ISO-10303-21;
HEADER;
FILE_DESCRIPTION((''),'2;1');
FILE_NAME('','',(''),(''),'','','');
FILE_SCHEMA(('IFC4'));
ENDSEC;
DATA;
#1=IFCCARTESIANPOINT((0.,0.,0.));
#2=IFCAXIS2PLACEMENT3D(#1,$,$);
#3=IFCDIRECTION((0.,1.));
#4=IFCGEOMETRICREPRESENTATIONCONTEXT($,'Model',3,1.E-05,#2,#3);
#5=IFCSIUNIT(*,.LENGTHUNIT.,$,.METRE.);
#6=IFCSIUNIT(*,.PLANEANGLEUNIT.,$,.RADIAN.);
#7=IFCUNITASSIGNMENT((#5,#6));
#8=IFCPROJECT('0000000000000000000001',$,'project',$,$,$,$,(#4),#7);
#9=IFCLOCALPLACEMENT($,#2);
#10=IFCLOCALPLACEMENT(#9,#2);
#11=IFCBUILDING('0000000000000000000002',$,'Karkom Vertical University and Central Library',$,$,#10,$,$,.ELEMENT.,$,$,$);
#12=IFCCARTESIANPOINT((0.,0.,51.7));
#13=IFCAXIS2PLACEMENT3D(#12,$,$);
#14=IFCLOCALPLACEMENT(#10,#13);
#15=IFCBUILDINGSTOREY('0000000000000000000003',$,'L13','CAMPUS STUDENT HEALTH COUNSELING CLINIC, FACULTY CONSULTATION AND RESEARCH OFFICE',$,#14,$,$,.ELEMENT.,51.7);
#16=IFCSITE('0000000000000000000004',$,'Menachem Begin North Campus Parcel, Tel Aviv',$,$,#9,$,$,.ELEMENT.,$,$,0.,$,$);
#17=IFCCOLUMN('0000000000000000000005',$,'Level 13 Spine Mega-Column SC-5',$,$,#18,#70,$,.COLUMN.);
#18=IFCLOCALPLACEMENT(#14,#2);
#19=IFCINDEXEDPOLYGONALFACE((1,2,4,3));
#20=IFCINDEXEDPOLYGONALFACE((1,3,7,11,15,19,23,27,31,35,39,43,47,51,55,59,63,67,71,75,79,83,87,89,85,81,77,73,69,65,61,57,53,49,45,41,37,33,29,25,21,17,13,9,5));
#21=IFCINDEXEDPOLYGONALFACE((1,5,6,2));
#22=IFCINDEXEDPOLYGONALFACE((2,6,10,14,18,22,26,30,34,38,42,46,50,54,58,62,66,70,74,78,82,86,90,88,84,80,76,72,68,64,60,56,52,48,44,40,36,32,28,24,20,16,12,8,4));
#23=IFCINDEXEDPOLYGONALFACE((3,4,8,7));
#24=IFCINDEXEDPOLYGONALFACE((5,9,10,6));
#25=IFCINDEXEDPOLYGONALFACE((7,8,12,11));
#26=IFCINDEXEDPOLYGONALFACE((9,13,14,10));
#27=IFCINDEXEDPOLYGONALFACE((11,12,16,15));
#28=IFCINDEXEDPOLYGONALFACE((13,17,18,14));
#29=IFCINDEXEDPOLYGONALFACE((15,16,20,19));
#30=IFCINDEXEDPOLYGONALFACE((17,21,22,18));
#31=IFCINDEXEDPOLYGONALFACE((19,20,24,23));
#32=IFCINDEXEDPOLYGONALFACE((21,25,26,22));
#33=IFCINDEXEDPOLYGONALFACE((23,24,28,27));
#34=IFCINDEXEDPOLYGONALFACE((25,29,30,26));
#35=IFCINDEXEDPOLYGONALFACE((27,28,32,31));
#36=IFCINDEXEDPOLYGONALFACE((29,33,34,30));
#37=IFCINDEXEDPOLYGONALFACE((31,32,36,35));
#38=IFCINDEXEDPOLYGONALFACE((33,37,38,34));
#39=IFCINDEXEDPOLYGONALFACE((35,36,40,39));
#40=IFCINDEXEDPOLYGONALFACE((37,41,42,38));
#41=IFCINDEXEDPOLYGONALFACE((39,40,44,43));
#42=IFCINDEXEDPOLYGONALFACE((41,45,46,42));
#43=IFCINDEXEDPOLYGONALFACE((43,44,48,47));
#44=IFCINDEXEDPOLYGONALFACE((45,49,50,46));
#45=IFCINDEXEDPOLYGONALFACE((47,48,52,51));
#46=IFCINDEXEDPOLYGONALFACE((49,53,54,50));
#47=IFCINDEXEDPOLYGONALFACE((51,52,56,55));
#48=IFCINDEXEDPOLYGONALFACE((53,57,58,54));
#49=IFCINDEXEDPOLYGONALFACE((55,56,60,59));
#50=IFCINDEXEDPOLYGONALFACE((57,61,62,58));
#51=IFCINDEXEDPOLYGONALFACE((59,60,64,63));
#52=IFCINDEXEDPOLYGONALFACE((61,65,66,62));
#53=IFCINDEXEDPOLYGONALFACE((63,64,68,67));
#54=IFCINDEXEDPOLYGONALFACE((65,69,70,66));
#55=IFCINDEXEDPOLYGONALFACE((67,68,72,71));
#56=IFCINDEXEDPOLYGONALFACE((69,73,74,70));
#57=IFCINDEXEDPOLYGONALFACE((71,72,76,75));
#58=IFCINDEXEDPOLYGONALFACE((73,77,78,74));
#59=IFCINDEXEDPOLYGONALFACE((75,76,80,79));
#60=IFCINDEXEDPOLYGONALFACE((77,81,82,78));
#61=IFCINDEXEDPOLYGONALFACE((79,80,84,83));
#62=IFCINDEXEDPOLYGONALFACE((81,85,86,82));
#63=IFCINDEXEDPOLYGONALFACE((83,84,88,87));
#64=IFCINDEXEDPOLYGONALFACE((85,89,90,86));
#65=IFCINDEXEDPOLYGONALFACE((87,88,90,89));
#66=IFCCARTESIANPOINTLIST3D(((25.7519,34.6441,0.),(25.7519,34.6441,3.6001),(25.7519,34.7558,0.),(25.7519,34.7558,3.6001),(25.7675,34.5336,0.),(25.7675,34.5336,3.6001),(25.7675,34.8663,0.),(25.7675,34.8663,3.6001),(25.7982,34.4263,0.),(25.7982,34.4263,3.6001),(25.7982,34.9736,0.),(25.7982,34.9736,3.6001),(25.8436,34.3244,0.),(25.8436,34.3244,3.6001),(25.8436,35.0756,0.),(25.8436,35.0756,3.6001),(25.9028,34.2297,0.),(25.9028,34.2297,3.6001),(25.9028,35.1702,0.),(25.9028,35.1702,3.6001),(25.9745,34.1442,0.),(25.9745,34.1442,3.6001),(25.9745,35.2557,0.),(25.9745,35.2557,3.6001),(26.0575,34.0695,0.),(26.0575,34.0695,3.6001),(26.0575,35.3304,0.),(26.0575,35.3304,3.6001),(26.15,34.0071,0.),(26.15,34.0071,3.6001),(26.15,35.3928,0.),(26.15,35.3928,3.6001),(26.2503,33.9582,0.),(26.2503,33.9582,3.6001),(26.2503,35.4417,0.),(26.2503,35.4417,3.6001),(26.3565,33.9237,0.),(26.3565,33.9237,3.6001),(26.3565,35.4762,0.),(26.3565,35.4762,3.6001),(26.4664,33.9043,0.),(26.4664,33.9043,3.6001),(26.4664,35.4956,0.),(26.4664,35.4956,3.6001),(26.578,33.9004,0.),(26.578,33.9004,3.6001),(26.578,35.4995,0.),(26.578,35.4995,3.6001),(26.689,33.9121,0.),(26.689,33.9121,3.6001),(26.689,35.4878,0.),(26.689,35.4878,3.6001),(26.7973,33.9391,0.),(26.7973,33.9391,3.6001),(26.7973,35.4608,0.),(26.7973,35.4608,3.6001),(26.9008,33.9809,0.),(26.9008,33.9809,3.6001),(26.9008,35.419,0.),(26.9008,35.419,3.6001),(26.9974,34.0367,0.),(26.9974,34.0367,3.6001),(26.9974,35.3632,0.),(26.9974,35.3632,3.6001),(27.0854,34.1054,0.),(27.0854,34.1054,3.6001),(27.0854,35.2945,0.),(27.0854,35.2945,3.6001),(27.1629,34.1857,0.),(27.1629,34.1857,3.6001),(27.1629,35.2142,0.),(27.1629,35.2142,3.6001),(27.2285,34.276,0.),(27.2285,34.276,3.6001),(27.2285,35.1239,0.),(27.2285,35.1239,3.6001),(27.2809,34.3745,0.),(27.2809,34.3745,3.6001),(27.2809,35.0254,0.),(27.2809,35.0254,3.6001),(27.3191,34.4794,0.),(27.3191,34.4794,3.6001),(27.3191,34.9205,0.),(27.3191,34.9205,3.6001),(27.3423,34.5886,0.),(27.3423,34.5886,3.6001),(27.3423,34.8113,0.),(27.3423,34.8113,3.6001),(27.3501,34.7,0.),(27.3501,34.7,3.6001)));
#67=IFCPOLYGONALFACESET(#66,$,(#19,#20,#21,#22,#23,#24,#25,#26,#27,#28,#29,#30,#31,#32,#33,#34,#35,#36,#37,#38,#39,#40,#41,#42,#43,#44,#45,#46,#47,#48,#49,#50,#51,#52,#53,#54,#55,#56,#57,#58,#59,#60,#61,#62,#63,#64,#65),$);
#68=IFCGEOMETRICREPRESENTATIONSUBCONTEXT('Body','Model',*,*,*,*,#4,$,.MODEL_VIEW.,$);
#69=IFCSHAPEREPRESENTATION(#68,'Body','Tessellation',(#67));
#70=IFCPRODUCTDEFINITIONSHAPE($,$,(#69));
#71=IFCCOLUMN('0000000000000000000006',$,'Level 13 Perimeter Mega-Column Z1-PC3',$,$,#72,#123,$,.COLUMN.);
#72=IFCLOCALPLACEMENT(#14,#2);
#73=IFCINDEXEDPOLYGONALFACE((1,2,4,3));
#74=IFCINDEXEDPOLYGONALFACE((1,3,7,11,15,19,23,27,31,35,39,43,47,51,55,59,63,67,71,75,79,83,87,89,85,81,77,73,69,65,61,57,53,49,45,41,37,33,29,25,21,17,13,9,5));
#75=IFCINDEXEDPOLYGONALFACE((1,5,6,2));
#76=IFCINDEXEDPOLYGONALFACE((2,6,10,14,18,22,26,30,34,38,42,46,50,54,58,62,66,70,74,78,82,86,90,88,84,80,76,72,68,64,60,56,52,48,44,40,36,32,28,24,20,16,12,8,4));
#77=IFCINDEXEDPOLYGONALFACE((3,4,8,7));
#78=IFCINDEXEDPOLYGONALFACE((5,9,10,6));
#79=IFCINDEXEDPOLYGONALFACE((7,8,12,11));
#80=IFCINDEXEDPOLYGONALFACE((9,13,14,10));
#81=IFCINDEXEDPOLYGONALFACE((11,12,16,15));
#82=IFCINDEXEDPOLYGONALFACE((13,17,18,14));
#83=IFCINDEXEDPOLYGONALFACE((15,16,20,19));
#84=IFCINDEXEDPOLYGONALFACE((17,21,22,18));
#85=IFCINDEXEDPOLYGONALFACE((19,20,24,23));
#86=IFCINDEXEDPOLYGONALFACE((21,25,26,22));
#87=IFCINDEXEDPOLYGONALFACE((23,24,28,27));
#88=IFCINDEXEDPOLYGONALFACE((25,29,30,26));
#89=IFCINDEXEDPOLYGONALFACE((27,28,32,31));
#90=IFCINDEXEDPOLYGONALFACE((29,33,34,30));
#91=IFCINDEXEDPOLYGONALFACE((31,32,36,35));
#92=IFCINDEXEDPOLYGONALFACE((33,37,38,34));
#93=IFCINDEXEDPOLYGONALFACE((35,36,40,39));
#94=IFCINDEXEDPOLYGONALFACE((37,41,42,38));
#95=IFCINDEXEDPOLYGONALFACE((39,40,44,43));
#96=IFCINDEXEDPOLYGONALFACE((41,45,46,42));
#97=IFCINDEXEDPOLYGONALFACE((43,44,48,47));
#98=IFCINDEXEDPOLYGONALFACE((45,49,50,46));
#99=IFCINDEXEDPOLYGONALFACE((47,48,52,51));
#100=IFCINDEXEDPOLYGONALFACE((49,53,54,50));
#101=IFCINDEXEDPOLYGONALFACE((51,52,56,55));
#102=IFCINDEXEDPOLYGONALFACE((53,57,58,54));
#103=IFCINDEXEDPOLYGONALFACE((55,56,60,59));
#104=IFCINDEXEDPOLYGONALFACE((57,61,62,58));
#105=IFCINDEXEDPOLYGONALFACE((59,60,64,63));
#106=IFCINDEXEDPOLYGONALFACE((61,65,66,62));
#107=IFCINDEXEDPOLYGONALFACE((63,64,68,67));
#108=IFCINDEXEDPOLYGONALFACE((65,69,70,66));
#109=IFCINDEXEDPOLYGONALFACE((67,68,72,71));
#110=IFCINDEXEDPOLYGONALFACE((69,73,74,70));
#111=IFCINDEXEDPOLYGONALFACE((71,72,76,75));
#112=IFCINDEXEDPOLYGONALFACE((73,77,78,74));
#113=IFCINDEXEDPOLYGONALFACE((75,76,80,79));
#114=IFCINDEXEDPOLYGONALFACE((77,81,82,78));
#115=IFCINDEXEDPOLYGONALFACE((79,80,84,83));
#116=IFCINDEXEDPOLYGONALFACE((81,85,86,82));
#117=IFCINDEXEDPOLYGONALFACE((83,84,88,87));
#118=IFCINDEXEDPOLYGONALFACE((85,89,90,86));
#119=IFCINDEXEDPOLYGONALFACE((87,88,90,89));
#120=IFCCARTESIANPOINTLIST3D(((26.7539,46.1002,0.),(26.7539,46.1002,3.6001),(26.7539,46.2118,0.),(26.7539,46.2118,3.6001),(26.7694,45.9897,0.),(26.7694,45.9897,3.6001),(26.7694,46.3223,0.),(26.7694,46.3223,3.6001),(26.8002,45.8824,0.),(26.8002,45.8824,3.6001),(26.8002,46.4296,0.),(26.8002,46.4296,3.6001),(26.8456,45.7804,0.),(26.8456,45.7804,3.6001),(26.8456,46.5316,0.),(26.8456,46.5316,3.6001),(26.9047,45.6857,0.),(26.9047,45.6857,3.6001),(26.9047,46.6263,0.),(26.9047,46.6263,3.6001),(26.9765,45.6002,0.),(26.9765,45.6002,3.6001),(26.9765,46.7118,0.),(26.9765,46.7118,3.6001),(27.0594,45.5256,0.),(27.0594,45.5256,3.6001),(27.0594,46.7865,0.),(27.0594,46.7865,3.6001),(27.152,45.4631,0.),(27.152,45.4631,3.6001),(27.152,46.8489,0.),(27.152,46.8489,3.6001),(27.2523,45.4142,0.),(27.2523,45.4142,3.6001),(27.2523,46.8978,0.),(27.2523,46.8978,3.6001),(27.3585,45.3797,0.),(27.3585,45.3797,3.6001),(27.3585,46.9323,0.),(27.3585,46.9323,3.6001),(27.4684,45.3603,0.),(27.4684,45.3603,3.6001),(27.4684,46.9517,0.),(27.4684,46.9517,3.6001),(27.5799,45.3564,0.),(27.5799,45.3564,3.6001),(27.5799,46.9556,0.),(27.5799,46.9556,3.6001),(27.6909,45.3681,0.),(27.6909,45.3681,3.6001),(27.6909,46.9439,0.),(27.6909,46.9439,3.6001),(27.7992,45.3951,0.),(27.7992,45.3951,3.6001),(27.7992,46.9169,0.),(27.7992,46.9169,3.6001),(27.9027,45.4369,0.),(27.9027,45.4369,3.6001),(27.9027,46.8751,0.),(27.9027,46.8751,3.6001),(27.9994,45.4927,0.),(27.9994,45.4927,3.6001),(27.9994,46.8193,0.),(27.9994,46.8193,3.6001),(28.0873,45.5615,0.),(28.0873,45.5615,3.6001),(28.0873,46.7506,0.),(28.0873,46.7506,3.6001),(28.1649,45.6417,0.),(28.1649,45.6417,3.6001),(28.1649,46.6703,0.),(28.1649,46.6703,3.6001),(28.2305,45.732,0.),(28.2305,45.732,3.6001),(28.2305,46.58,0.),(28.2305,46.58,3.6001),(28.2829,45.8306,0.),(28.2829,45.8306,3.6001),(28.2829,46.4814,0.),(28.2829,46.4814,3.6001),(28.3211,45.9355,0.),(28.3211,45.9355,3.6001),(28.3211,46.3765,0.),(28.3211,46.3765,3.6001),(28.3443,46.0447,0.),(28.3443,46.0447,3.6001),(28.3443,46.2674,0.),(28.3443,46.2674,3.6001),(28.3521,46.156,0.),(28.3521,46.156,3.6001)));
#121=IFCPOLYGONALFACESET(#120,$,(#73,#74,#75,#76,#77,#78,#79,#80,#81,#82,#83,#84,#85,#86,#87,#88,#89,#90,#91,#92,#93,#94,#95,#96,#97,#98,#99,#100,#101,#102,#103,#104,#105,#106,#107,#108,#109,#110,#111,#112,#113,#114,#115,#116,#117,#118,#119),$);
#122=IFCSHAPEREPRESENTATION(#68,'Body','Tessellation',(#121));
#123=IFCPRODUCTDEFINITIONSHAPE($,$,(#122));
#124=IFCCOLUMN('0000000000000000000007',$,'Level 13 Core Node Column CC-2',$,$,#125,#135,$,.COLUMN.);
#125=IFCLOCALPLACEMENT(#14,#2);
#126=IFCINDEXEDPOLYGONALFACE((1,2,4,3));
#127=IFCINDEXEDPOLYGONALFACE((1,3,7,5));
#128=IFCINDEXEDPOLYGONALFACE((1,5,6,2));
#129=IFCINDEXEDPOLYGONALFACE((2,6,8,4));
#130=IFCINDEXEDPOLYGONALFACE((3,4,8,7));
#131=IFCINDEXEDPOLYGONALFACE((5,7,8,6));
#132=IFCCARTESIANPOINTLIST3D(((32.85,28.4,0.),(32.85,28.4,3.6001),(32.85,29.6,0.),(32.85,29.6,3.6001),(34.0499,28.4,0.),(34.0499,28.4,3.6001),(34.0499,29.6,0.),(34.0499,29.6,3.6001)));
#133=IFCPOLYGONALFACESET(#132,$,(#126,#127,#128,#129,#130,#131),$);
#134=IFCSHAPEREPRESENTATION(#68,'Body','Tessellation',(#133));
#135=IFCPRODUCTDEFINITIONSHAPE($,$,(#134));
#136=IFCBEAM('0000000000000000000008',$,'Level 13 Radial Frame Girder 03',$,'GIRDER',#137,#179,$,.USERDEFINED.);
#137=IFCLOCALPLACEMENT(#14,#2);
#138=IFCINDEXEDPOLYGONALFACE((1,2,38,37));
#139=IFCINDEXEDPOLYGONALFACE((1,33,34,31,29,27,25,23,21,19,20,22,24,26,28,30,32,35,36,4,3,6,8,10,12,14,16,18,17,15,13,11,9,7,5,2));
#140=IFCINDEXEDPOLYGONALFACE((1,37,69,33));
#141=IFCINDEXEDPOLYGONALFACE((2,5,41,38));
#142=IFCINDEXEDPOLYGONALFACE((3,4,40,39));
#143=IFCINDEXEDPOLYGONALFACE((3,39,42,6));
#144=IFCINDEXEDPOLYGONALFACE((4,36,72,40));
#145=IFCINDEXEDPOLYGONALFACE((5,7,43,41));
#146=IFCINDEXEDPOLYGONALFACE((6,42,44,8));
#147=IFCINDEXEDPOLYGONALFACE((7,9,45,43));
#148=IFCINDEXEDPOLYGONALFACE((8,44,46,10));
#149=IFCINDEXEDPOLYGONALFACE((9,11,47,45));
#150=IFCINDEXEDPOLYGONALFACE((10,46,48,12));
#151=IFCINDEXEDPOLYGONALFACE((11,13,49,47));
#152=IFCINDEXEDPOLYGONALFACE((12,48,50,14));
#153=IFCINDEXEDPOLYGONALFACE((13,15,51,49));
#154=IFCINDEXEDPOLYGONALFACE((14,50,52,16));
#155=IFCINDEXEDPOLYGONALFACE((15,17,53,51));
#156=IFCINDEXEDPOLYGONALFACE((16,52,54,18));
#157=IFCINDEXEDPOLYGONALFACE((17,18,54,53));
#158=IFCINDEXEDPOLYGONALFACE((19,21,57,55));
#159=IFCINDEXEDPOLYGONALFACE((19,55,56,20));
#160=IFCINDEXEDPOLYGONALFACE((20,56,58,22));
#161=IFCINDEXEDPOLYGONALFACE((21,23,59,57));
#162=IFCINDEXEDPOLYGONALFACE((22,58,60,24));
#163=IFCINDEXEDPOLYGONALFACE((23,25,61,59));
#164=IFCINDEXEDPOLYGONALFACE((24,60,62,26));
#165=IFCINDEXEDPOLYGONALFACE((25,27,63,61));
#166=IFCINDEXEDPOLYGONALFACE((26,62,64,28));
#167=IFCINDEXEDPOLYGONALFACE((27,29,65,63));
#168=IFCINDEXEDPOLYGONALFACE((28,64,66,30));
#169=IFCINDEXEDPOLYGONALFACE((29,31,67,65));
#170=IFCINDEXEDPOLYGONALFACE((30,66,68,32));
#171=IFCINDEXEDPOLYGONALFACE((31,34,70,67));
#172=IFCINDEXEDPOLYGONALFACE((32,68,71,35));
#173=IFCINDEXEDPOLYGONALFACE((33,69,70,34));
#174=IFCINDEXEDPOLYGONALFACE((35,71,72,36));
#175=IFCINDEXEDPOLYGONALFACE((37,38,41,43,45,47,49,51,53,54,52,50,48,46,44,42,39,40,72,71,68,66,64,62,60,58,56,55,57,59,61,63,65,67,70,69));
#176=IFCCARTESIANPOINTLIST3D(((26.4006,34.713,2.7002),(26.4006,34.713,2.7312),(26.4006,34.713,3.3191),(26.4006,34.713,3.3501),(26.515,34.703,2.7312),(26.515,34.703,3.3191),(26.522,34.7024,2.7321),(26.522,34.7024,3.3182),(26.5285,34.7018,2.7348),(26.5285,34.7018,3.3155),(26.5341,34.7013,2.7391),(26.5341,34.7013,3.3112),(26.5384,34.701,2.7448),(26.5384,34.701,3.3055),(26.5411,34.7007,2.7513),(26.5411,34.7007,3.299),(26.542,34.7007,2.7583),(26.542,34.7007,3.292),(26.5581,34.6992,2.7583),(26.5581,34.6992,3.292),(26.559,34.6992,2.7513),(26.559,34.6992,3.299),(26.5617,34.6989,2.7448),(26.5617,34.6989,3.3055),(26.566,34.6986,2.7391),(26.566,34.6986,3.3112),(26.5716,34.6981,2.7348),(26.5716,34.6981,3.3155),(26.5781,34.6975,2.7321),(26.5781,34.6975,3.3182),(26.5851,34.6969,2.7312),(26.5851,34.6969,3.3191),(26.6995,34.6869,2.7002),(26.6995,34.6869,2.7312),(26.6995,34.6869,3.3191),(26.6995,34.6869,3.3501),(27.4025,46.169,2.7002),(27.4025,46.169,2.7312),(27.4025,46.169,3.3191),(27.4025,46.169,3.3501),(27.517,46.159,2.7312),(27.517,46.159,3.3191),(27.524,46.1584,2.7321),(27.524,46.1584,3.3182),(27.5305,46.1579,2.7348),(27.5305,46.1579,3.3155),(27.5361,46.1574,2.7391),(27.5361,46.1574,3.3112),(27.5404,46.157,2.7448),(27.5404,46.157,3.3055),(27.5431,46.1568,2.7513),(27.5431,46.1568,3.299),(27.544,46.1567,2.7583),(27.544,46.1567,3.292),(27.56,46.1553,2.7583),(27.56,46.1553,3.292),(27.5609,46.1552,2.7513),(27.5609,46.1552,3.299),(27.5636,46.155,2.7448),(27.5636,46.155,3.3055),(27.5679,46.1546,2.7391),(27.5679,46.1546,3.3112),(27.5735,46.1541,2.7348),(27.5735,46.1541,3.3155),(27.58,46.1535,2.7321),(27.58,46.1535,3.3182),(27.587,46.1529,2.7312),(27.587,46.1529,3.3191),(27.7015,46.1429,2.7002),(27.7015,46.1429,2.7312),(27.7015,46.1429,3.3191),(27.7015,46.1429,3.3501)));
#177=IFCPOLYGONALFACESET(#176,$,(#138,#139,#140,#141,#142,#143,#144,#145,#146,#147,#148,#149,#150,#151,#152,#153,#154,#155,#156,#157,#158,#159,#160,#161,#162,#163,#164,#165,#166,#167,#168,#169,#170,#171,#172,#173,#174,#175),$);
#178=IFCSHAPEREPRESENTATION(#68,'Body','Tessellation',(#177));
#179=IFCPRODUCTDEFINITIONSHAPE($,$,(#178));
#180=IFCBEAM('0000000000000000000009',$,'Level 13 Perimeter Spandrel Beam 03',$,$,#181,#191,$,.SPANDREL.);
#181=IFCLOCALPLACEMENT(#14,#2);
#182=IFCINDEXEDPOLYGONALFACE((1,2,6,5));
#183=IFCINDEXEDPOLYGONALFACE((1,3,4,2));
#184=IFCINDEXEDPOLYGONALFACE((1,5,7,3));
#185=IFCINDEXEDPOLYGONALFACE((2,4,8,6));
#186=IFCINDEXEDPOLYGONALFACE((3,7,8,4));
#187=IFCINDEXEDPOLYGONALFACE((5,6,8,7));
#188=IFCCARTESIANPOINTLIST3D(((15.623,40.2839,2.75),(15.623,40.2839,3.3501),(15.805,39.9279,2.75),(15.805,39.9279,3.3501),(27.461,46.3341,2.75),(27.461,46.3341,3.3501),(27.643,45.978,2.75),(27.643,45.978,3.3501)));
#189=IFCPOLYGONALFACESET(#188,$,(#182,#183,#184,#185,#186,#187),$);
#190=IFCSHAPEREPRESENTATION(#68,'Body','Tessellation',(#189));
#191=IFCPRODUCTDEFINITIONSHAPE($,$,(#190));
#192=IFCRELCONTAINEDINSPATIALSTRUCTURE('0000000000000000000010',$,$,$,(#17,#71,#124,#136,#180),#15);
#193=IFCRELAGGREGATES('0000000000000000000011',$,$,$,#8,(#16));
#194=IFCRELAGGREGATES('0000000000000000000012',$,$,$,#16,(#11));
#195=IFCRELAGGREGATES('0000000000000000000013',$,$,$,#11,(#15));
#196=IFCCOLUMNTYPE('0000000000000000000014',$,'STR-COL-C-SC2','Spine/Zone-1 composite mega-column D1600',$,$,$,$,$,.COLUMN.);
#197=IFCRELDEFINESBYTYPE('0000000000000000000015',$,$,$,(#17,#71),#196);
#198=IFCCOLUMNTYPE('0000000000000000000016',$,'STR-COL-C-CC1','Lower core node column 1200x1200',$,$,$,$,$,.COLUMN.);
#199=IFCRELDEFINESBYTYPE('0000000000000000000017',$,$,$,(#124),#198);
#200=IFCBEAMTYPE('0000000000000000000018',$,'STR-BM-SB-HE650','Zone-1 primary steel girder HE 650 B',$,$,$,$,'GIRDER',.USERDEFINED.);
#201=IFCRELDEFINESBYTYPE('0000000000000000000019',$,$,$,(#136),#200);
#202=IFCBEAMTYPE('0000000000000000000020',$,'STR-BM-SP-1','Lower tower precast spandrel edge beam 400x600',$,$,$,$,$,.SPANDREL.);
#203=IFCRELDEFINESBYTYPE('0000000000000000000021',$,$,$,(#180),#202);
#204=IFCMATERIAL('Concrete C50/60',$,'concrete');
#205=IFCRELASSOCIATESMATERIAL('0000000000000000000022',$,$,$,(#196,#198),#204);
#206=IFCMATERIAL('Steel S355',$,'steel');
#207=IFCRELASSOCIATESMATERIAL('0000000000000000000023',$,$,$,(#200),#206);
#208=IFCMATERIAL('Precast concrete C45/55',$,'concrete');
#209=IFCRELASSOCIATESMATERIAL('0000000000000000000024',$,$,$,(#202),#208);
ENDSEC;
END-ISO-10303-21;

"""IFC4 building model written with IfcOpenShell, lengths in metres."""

from ifc_helpers import new_model, si_unit, direction, frame, origin, origin_with_axes, origin_2d, place, context, subcontext, project, spatial, rectangle, circle, i_section, extrude, source, transform, mapped, material, material_profile, profile_set, type_object, element, save


model = new_model("IFC4")

# Units and contexts
model_context = context("Model", 3, precision=1e-05, world=origin(), true_north=direction((0.0, 1.0)))
body_context = subcontext(model_context, "Body", "Model", "MODEL_VIEW")
ifc_project = project(units=[si_unit("LENGTHUNIT", "METRE"), si_unit("PLANEANGLEUNIT", "RADIAN")], contexts=[model_context])

# Site, building, storey
site_placement = place(None, origin())
site = spatial("IfcSite", under=ifc_project, at=site_placement, Name="Menachem Begin North Campus Parcel, Tel Aviv", CompositionType="ELEMENT", RefElevation=0.0)
building_placement = place(site_placement, origin())
building = spatial("IfcBuilding", under=site, at=building_placement, Name="Karkom Vertical University and Central Library", CompositionType="ELEMENT")
storey_placement = place(building_placement, frame((0.0, 0.0, 51.7)))
storey = spatial("IfcBuildingStorey", under=building, at=storey_placement, Name="L13", Description="CAMPUS STUDENT HEALTH COUNSELING CLINIC, FACULTY CONSULTATION AND RESEARCH OFFICE", CompositionType="ELEMENT", Elevation=51.7)

# Columns
ifc_material_1 = material(Name="Concrete C50/60", Category="concrete")
ifc_material_profile_1 = material_profile(ifc_material_1, circle(Radius=0.8, at=origin_2d()), Name="CFT-D1600")
ifc_profile_set_1 = profile_set([ifc_material_profile_1], Name="Concrete C50/60")
column_type_1 = type_object("IfcColumnType", Name="STR-COL-C-SC2", Description="Spine/Zone-1 composite mega-column D1600", PredefinedType="COLUMN", material=ifc_profile_set_1)
shared_shape_1 = source(origin_with_axes(), body_context, "Body", "SweptSolid", [
    extrude(circle(Radius=0.8, at=origin_2d()), origin(), (0.0, 0.0, 1.0), 3.6001),
])
for number, where, z_axis, x_axis, name in (
    (1, (26.55, 34.7, 0.0), (0.0, 0.0, 1.0), (1.0, 0.0, 0.0), "Level 13 Spine Mega-Column SC-5"),
    (2, (27.552, 46.156, 0.0), (0.0, 0.0, 1.0), (1.0, 0.0, 0.0), "Level 13 Perimeter Mega-Column Z1-PC3"),
):
    element("IfcColumn", number, at=place(storey_placement, frame(where, z_axis=z_axis, x_axis=x_axis)), inside=storey, type_object=column_type_1, Name=name, PredefinedType="COLUMN", context=body_context, shape_type="MappedRepresentation", body=[
        mapped(shared_shape_1, transform((0.0, 0.0, 0.0), scale=1.0)),
    ])
ifc_material_profile_2 = material_profile(ifc_material_1, rectangle(XDim=1.2, YDim=1.2, at=origin_2d()), Name="RC-1200x1200")
ifc_profile_set_2 = profile_set([ifc_material_profile_2], Name="Concrete C50/60")
column_type_2 = type_object("IfcColumnType", Name="STR-COL-C-CC1", Description="Lower core node column 1200x1200", PredefinedType="COLUMN", material=ifc_profile_set_2)
shared_shape_2 = source(origin_with_axes(), body_context, "Body", "SweptSolid", [
    extrude(rectangle(XDim=1.2, YDim=1.2, at=origin_2d()), origin(), (0.0, 0.0, 1.0), 3.6001),
])
column_placement = place(storey_placement, frame((33.45, 29.0, 0.0), z_axis=(0.0, 0.0, 1.0), x_axis=(1.0, 0.0, 0.0)))
element("IfcColumn", 3, at=column_placement, inside=storey, type_object=column_type_2, Name="Level 13 Core Node Column CC-2", PredefinedType="COLUMN", context=body_context, shape_type="MappedRepresentation", body=[
    mapped(shared_shape_2, transform((0.0, 0.0, 0.0), scale=1.0)),
])

# Beams
ifc_material_2 = material(Name="Steel S355", Category="steel")
ifc_material_profile_3 = material_profile(ifc_material_2, i_section(OverallWidth=0.3, OverallDepth=0.6499, WebThickness=0.0161, FlangeThickness=0.031, FilletRadius=0.0271, at=origin_2d()), Name="HE 650 B")
ifc_profile_set_3 = profile_set([ifc_material_profile_3], Name="Steel S355")
beam_type_1 = type_object("IfcBeamType", Name="STR-BM-SB-HE650", Description="Zone-1 primary steel girder HE 650 B", ElementType="GIRDER", PredefinedType="USERDEFINED", material=ifc_profile_set_3)
shared_shape_3 = source(origin_with_axes(), body_context, "Body", "SweptSolid", [
    extrude(i_section(OverallWidth=0.3, OverallDepth=0.6499, WebThickness=0.0161, FlangeThickness=0.031, FilletRadius=0.0271, at=origin_2d()), origin(), (0.0, 0.0, 1.0), 11.4998),
])
beam_1_placement = place(storey_placement, frame((26.55, 34.7, 3.0251), z_axis=(0.087128, 0.996197, 0.0), x_axis=(-0.996197, 0.087128, 0.0)))
element("IfcBeam", 4, at=beam_1_placement, inside=storey, type_object=beam_type_1, Name="Level 13 Radial Frame Girder 03", ObjectType="GIRDER", PredefinedType="USERDEFINED", context=body_context, shape_type="MappedRepresentation", body=[
    mapped(shared_shape_3, transform((0.0, 0.0, 0.0), scale=1.0)),
])
ifc_material_3 = material(Name="Precast concrete C45/55", Category="concrete")
ifc_material_profile_4 = material_profile(ifc_material_3, rectangle(XDim=0.3999, YDim=0.6001, at=origin_2d()), Name="SPB-400x600")
ifc_profile_set_4 = profile_set([ifc_material_profile_4], Name="Precast concrete C45/55")
beam_type_2 = type_object("IfcBeamType", Name="STR-BM-SP-1", Description="Lower tower precast spandrel edge beam 400x600", PredefinedType="SPANDREL", material=ifc_profile_set_4)
shared_shape_4 = source(origin_with_axes(), body_context, "Body", "SweptSolid", [
    extrude(rectangle(XDim=0.3999, YDim=0.6001, at=origin_2d()), origin(), (0.0, 0.0, 1.0), 13.2944),
])
beam_2_placement = place(storey_placement, frame((27.552, 46.156, 3.05), z_axis=(-0.890448, -0.455085, 0.0), x_axis=(0.455085, -0.890448, 0.0)))
element("IfcBeam", 5, at=beam_2_placement, inside=storey, type_object=beam_type_2, Name="Level 13 Perimeter Spandrel Beam 03", PredefinedType="SPANDREL", context=body_context, shape_type="MappedRepresentation", body=[
    mapped(shared_shape_4, transform((0.0, 0.0, 0.0), scale=1.0)),
])

save(model, "model.ifc")
